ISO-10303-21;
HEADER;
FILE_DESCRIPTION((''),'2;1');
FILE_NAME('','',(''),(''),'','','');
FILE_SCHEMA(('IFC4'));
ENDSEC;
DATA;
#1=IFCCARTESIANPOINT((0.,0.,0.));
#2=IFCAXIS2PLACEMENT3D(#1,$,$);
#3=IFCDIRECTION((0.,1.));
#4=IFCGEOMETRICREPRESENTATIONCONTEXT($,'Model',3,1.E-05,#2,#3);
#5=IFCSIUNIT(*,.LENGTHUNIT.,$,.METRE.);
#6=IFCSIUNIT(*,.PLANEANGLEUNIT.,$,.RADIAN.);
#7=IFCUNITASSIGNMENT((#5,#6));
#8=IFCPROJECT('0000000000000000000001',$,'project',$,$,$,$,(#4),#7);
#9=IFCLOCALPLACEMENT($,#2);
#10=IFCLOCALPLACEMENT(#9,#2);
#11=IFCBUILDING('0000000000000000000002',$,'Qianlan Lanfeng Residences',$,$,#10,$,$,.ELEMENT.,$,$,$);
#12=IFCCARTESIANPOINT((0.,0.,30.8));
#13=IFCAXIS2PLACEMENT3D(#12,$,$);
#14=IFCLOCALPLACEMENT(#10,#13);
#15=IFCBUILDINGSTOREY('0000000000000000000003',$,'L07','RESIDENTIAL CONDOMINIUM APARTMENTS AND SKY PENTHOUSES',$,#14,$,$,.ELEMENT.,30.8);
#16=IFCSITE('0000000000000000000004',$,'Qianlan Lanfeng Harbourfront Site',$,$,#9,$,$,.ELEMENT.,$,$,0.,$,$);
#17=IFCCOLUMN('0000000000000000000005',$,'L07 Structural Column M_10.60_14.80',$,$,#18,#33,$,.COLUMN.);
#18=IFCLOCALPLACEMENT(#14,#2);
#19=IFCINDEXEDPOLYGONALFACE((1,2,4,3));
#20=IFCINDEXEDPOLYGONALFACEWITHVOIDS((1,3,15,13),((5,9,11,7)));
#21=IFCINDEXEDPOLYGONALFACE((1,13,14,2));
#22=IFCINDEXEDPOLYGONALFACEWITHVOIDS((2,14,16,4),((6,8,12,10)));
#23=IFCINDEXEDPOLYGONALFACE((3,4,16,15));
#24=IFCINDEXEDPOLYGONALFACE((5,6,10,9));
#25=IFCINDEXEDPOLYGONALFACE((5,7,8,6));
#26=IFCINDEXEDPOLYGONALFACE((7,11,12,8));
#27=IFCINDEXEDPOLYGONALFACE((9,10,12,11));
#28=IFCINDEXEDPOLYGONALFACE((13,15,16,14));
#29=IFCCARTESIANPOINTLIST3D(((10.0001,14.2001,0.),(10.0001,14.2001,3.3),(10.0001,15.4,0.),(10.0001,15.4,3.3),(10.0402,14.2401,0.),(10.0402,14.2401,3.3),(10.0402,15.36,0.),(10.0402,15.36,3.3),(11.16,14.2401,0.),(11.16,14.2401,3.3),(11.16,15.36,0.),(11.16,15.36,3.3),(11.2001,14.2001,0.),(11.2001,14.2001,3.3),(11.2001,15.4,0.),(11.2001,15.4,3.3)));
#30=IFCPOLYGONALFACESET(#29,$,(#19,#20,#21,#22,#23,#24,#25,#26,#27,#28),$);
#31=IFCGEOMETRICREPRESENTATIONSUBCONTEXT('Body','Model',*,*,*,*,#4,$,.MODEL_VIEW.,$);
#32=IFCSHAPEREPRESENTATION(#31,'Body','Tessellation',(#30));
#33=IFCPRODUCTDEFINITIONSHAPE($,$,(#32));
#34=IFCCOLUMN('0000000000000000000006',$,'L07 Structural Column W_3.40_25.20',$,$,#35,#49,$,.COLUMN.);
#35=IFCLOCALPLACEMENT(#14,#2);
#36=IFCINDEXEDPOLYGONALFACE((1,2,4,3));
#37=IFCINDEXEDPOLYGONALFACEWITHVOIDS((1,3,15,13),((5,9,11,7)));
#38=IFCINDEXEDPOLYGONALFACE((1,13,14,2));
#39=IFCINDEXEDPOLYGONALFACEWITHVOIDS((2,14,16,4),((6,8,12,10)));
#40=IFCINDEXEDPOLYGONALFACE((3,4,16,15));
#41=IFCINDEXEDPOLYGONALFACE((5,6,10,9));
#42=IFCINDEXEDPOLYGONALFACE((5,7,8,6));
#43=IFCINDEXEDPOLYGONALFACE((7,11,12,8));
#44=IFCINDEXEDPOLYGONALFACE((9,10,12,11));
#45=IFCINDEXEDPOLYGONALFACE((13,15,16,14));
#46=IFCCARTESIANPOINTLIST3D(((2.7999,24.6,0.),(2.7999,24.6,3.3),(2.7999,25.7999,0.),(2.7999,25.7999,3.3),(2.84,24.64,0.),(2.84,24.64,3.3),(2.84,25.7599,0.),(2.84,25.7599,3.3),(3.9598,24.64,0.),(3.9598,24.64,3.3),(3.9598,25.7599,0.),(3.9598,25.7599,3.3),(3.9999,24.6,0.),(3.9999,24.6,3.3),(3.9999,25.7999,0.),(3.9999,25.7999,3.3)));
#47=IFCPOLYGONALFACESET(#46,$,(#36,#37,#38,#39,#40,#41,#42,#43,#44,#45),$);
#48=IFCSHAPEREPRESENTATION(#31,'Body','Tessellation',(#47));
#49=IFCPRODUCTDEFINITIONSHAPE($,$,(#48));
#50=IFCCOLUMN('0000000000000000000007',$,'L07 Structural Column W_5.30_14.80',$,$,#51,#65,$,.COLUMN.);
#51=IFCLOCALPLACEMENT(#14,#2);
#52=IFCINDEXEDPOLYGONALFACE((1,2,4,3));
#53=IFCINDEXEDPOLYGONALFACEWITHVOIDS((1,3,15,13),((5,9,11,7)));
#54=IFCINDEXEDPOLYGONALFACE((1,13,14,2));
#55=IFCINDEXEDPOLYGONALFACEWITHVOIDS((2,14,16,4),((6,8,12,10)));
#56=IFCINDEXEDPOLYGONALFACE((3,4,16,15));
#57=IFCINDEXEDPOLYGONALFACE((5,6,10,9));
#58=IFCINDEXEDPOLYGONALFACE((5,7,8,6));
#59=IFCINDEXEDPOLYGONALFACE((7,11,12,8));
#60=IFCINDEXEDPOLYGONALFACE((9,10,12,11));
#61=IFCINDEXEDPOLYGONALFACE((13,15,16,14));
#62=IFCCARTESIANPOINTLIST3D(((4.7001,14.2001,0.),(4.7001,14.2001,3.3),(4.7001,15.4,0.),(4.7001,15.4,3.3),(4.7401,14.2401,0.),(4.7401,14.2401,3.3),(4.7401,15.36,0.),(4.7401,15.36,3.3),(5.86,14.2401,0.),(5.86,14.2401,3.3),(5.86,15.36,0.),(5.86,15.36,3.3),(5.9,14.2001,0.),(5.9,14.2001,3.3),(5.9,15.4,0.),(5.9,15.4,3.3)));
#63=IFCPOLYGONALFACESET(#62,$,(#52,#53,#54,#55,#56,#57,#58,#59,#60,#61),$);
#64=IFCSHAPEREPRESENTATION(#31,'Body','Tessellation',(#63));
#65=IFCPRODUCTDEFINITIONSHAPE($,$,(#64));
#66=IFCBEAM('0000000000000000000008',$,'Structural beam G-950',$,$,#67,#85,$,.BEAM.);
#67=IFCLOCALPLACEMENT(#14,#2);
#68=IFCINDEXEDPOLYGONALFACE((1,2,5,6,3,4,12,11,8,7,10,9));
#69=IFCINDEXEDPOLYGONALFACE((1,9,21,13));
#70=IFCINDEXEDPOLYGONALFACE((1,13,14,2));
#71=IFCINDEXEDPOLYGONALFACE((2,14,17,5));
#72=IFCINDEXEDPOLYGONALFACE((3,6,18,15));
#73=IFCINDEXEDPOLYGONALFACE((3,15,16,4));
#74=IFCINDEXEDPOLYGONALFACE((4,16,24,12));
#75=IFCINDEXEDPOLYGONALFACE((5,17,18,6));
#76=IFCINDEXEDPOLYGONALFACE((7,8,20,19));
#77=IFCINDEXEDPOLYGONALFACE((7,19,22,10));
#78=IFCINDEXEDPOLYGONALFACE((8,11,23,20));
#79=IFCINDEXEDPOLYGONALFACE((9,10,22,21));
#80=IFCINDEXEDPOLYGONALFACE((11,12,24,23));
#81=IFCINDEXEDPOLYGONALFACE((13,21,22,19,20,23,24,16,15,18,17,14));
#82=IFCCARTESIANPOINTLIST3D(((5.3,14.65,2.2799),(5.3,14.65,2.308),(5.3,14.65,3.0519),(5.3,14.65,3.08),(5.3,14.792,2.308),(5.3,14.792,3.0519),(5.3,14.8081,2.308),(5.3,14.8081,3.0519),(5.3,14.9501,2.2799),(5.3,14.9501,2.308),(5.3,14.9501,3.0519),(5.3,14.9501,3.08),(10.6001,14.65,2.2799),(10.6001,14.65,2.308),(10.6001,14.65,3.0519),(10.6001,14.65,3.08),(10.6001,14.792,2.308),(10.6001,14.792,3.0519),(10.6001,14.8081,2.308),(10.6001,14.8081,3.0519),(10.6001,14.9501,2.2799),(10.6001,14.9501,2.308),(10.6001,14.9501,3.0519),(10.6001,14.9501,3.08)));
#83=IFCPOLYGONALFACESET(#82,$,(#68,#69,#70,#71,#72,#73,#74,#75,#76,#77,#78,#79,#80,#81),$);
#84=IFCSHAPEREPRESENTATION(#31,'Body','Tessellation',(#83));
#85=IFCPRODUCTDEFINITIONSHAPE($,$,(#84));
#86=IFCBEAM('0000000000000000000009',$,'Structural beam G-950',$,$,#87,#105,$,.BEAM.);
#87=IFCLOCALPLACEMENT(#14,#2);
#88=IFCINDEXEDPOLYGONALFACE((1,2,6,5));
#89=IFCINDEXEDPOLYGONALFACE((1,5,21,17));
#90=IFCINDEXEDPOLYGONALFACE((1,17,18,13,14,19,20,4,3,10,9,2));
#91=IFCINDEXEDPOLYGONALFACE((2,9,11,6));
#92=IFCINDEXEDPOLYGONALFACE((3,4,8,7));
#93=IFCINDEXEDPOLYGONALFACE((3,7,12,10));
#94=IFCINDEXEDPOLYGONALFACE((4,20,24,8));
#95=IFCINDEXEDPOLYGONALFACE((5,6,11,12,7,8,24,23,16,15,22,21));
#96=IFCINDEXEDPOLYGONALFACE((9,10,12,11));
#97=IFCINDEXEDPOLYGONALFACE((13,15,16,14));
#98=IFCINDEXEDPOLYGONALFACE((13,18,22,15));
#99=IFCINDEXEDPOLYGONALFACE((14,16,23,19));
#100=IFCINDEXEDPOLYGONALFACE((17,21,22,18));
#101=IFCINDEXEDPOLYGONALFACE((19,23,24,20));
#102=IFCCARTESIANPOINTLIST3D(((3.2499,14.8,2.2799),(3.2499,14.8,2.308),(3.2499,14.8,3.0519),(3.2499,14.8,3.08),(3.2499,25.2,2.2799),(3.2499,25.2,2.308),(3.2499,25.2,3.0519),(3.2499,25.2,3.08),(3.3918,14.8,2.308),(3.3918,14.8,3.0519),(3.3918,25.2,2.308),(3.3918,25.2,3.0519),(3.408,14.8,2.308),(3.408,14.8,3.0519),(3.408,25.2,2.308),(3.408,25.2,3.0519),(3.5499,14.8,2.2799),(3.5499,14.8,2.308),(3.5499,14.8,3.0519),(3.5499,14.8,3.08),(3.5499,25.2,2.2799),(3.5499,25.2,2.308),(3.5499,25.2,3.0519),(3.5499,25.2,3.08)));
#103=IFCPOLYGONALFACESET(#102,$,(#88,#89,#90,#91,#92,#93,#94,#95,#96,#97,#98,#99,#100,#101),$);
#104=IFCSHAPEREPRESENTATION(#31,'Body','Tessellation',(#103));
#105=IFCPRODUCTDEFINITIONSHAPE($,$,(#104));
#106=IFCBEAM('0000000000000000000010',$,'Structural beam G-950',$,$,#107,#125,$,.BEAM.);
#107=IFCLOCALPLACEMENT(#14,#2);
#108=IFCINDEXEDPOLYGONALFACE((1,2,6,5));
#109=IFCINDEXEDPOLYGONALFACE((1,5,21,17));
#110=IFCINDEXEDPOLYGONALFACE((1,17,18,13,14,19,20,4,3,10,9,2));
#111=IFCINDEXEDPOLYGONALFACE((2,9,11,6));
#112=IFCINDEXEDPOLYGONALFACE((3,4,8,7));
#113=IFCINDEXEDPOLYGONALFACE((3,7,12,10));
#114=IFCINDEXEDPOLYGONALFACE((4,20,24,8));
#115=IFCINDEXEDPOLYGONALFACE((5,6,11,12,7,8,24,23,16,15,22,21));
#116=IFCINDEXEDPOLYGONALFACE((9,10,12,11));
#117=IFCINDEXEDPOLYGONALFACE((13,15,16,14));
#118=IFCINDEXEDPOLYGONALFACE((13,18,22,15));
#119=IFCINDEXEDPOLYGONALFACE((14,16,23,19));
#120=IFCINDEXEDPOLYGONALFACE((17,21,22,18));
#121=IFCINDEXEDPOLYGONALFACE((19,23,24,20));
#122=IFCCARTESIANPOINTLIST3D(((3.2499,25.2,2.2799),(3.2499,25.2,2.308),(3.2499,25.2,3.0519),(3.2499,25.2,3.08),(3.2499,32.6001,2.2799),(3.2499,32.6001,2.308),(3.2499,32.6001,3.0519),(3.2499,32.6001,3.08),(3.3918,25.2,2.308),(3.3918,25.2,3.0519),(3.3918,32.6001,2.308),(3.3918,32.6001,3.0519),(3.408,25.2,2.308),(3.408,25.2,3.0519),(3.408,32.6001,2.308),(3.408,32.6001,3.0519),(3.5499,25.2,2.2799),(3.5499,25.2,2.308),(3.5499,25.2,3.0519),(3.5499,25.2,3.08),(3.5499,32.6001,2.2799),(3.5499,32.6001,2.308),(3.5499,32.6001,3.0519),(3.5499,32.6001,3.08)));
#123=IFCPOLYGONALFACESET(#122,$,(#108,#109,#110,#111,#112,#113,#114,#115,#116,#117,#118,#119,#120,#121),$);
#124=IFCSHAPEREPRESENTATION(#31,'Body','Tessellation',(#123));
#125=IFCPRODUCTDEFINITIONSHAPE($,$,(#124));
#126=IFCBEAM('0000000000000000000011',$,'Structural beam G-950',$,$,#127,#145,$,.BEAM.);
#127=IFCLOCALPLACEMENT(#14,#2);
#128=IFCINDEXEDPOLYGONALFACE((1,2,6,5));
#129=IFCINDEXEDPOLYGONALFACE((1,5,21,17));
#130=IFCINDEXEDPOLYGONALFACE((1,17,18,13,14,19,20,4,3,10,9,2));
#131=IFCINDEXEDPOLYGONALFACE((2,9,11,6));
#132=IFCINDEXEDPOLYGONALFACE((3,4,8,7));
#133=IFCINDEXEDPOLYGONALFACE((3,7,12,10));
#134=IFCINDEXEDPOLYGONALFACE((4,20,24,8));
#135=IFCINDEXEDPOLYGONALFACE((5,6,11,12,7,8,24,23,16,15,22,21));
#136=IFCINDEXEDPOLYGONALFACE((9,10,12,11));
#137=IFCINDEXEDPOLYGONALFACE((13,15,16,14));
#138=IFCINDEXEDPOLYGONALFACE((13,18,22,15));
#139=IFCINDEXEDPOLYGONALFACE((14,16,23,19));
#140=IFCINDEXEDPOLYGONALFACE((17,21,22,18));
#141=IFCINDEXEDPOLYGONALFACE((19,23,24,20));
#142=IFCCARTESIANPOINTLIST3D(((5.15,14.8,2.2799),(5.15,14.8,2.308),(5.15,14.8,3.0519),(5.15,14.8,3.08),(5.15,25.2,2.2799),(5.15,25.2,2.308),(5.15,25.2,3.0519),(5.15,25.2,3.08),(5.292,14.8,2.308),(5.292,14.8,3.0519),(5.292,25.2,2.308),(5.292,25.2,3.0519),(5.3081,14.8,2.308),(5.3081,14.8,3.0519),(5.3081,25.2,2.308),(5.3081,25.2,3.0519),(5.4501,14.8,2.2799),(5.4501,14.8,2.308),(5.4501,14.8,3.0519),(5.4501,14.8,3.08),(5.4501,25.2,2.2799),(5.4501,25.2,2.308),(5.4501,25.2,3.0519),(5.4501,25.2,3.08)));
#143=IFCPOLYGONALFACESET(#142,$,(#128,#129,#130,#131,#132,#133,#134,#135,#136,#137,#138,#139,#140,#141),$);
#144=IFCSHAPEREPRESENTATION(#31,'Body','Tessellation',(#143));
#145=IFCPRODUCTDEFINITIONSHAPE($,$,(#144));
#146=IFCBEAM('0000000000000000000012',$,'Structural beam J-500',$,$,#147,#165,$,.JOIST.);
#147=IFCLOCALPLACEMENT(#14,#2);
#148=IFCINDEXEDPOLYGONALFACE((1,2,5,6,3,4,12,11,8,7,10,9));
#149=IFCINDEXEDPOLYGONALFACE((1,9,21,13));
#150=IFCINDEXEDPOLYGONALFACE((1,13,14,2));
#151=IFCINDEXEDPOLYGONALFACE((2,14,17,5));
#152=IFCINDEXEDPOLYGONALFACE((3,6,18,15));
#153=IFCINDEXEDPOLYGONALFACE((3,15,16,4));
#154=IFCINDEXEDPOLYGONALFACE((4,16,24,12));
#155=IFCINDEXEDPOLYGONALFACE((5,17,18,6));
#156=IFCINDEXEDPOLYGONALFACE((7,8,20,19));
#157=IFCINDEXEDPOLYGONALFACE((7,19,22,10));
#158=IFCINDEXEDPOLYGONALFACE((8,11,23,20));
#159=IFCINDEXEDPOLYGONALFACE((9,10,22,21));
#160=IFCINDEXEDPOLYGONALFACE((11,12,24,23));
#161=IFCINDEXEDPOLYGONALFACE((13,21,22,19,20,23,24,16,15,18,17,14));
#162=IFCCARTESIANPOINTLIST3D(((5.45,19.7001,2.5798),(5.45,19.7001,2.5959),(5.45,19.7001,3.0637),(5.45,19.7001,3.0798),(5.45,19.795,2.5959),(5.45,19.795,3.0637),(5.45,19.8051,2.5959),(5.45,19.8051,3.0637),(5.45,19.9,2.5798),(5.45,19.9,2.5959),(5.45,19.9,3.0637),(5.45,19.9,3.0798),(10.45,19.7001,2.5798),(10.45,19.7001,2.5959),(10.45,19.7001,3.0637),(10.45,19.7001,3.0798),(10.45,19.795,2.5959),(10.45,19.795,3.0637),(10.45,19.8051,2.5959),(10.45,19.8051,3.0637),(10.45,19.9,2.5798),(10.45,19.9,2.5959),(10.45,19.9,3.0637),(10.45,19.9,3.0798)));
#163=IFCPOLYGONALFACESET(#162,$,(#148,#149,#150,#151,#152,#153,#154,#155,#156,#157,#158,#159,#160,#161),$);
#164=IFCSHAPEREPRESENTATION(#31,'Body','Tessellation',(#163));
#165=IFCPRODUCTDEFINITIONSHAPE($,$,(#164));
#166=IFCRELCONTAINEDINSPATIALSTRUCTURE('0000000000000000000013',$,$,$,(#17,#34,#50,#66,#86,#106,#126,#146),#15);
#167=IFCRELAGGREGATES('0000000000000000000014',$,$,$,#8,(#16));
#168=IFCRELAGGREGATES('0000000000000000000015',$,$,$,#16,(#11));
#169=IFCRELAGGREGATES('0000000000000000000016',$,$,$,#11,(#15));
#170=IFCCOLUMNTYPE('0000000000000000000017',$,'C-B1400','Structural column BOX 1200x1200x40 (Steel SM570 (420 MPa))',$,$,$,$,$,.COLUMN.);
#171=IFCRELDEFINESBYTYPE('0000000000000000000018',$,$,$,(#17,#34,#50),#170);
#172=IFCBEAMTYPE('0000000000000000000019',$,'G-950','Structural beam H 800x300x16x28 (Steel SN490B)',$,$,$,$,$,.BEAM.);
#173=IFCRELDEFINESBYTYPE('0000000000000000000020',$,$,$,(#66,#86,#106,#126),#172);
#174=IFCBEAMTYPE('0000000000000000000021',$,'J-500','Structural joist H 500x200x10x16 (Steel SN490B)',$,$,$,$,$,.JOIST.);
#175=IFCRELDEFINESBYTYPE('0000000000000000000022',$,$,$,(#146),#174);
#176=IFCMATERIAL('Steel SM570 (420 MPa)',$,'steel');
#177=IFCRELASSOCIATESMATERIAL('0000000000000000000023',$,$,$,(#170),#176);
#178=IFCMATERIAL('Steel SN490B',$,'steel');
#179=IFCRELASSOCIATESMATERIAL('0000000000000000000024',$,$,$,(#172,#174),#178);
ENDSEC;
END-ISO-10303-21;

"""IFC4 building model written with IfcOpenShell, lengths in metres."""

from ifc_helpers import new_model, si_unit, direction, frame, origin, origin_2d, place, context, subcontext, project, spatial, hollow_rectangle, i_section, extrude, material, material_profile, profile_set, type_object, element, save


model = new_model("IFC4")

# Units and contexts
model_context = context("Model", 3, precision=1e-05, world=origin(), true_north=direction((0.0, 1.0)))
body_context = subcontext(model_context, "Body", "Model", "MODEL_VIEW")
ifc_project = project(units=[si_unit("LENGTHUNIT", "METRE"), si_unit("PLANEANGLEUNIT", "RADIAN")], contexts=[model_context])

# Site, building, storey
site_placement = place(None, origin())
site = spatial("IfcSite", under=ifc_project, at=site_placement, Name="Qianlan Lanfeng Harbourfront Site", CompositionType="ELEMENT", RefElevation=0.0)
building_placement = place(site_placement, origin())
building = spatial("IfcBuilding", under=site, at=building_placement, Name="Qianlan Lanfeng Residences", CompositionType="ELEMENT")
storey_placement = place(building_placement, frame((0.0, 0.0, 30.8)))
storey = spatial("IfcBuildingStorey", under=building, at=storey_placement, Name="L07", Description="RESIDENTIAL CONDOMINIUM APARTMENTS AND SKY PENTHOUSES", CompositionType="ELEMENT", Elevation=30.8)

# Columns
ifc_material_1 = material(Name="Steel SM570 (420 MPa)", Category="steel")
ifc_material_profile_1 = material_profile(ifc_material_1, hollow_rectangle(XDim=1.2, YDim=1.2, WallThickness=0.04, at=origin_2d()), Name="BOX 1200x1200x40")
ifc_profile_set_1 = profile_set([ifc_material_profile_1], Name="Steel SM570 (420 MPa)")
column_type = type_object("IfcColumnType", Name="C-B1400", Description="Structural column BOX 1200x1200x40 (Steel SM570 (420 MPa))", PredefinedType="COLUMN", material=ifc_profile_set_1)
for number, where, z_axis, x_axis, name in (
    (1, (10.6001, 14.8, 0.0), (0.0, 0.0, 1.0), (1.0, 0.0, 0.0), "L07 Structural Column M_10.60_14.80"),
    (2, (3.3999, 25.2, 0.0), (0.0, 0.0, 1.0), (1.0, 0.0, 0.0), "L07 Structural Column W_3.40_25.20"),
    (3, (5.3, 14.8, 0.0), (0.0, 0.0, 1.0), (1.0, 0.0, 0.0), "L07 Structural Column W_5.30_14.80"),
):
    element("IfcColumn", number, at=place(storey_placement, frame(where, z_axis=z_axis, x_axis=x_axis)), inside=storey, type_object=column_type, Name=name, PredefinedType="COLUMN", context=body_context, shape_type="SweptSolid", body=[
        extrude(hollow_rectangle(XDim=1.2, YDim=1.2, WallThickness=0.04, at=origin_2d()), origin(), (0.0, 0.0, 1.0), 3.3),
    ])

# Beams
ifc_material_2 = material(Name="Steel SN490B", Category="steel")
ifc_material_profile_2 = material_profile(ifc_material_2, i_section(OverallWidth=0.3, OverallDepth=0.8, WebThickness=0.0161, FlangeThickness=0.0281, at=origin_2d()), Name="H 800x300x16x28")
ifc_profile_set_2 = profile_set([ifc_material_profile_2], Name="Steel SN490B")
beam_type_1 = type_object("IfcBeamType", Name="G-950", Description="Structural beam H 800x300x16x28 (Steel SN490B)", PredefinedType="BEAM", material=ifc_profile_set_2)
beam_1_placement = place(storey_placement, frame((5.3, 14.8, 2.6799), z_axis=(1.0, 0.0, 0.0), x_axis=(0.0, 1.0, 0.0)))
element("IfcBeam", 4, at=beam_1_placement, inside=storey, type_object=beam_type_1, Name="Structural beam G-950", PredefinedType="BEAM", context=body_context, shape_type="SweptSolid", body=[
    extrude(i_section(OverallWidth=0.3, OverallDepth=0.8, WebThickness=0.0161, FlangeThickness=0.0281, at=origin_2d()), origin(), (0.0, 0.0, 1.0), 5.3),
])
beam_2_placement = place(storey_placement, frame((3.3999, 14.8, 2.6799), z_axis=(0.0, 1.0, 0.0), x_axis=(-1.0, 0.0, 0.0)))
element("IfcBeam", 5, at=beam_2_placement, inside=storey, type_object=beam_type_1, Name="Structural beam G-950", PredefinedType="BEAM", context=body_context, shape_type="SweptSolid", body=[
    extrude(i_section(OverallWidth=0.3, OverallDepth=0.8, WebThickness=0.0161, FlangeThickness=0.0281, at=origin_2d()), origin(), (0.0, 0.0, 1.0), 10.3999),
])
beam_3_placement = place(storey_placement, frame((3.3999, 25.2, 2.6799), z_axis=(0.0, 1.0, 0.0), x_axis=(-1.0, 0.0, 0.0)))
element("IfcBeam", 6, at=beam_3_placement, inside=storey, type_object=beam_type_1, Name="Structural beam G-950", PredefinedType="BEAM", context=body_context, shape_type="SweptSolid", body=[
    extrude(i_section(OverallWidth=0.3, OverallDepth=0.8, WebThickness=0.0161, FlangeThickness=0.0281, at=origin_2d()), origin(), (0.0, 0.0, 1.0), 7.4001),
])
beam_4_placement = place(storey_placement, frame((5.3, 14.8, 2.6799), z_axis=(0.0, 1.0, 0.0), x_axis=(-1.0, 0.0, 0.0)))
element("IfcBeam", 7, at=beam_4_placement, inside=storey, type_object=beam_type_1, Name="Structural beam G-950", PredefinedType="BEAM", context=body_context, shape_type="SweptSolid", body=[
    extrude(i_section(OverallWidth=0.3, OverallDepth=0.8, WebThickness=0.0161, FlangeThickness=0.0281, at=origin_2d()), origin(), (0.0, 0.0, 1.0), 10.3999),
])
ifc_material_profile_3 = material_profile(ifc_material_2, i_section(OverallWidth=0.2, OverallDepth=0.5, WebThickness=0.01, FlangeThickness=0.0161, at=origin_2d()), Name="H 500x200x10x16")
ifc_profile_set_3 = profile_set([ifc_material_profile_3], Name="Steel SN490B")
beam_type_2 = type_object("IfcBeamType", Name="J-500", Description="Structural joist H 500x200x10x16 (Steel SN490B)", PredefinedType="JOIST", material=ifc_profile_set_3)
beam_5_placement = place(storey_placement, frame((5.45, 19.8, 2.8298), z_axis=(1.0, 0.0, 0.0), x_axis=(0.0, 1.0, 0.0)))
element("IfcBeam", 8, at=beam_5_placement, inside=storey, type_object=beam_type_2, Name="Structural beam J-500", PredefinedType="JOIST", context=body_context, shape_type="SweptSolid", body=[
    extrude(i_section(OverallWidth=0.2, OverallDepth=0.5, WebThickness=0.01, FlangeThickness=0.0161, at=origin_2d()), origin(), (0.0, 0.0, 1.0), 5.0),
])

save(model, "model.ifc")
